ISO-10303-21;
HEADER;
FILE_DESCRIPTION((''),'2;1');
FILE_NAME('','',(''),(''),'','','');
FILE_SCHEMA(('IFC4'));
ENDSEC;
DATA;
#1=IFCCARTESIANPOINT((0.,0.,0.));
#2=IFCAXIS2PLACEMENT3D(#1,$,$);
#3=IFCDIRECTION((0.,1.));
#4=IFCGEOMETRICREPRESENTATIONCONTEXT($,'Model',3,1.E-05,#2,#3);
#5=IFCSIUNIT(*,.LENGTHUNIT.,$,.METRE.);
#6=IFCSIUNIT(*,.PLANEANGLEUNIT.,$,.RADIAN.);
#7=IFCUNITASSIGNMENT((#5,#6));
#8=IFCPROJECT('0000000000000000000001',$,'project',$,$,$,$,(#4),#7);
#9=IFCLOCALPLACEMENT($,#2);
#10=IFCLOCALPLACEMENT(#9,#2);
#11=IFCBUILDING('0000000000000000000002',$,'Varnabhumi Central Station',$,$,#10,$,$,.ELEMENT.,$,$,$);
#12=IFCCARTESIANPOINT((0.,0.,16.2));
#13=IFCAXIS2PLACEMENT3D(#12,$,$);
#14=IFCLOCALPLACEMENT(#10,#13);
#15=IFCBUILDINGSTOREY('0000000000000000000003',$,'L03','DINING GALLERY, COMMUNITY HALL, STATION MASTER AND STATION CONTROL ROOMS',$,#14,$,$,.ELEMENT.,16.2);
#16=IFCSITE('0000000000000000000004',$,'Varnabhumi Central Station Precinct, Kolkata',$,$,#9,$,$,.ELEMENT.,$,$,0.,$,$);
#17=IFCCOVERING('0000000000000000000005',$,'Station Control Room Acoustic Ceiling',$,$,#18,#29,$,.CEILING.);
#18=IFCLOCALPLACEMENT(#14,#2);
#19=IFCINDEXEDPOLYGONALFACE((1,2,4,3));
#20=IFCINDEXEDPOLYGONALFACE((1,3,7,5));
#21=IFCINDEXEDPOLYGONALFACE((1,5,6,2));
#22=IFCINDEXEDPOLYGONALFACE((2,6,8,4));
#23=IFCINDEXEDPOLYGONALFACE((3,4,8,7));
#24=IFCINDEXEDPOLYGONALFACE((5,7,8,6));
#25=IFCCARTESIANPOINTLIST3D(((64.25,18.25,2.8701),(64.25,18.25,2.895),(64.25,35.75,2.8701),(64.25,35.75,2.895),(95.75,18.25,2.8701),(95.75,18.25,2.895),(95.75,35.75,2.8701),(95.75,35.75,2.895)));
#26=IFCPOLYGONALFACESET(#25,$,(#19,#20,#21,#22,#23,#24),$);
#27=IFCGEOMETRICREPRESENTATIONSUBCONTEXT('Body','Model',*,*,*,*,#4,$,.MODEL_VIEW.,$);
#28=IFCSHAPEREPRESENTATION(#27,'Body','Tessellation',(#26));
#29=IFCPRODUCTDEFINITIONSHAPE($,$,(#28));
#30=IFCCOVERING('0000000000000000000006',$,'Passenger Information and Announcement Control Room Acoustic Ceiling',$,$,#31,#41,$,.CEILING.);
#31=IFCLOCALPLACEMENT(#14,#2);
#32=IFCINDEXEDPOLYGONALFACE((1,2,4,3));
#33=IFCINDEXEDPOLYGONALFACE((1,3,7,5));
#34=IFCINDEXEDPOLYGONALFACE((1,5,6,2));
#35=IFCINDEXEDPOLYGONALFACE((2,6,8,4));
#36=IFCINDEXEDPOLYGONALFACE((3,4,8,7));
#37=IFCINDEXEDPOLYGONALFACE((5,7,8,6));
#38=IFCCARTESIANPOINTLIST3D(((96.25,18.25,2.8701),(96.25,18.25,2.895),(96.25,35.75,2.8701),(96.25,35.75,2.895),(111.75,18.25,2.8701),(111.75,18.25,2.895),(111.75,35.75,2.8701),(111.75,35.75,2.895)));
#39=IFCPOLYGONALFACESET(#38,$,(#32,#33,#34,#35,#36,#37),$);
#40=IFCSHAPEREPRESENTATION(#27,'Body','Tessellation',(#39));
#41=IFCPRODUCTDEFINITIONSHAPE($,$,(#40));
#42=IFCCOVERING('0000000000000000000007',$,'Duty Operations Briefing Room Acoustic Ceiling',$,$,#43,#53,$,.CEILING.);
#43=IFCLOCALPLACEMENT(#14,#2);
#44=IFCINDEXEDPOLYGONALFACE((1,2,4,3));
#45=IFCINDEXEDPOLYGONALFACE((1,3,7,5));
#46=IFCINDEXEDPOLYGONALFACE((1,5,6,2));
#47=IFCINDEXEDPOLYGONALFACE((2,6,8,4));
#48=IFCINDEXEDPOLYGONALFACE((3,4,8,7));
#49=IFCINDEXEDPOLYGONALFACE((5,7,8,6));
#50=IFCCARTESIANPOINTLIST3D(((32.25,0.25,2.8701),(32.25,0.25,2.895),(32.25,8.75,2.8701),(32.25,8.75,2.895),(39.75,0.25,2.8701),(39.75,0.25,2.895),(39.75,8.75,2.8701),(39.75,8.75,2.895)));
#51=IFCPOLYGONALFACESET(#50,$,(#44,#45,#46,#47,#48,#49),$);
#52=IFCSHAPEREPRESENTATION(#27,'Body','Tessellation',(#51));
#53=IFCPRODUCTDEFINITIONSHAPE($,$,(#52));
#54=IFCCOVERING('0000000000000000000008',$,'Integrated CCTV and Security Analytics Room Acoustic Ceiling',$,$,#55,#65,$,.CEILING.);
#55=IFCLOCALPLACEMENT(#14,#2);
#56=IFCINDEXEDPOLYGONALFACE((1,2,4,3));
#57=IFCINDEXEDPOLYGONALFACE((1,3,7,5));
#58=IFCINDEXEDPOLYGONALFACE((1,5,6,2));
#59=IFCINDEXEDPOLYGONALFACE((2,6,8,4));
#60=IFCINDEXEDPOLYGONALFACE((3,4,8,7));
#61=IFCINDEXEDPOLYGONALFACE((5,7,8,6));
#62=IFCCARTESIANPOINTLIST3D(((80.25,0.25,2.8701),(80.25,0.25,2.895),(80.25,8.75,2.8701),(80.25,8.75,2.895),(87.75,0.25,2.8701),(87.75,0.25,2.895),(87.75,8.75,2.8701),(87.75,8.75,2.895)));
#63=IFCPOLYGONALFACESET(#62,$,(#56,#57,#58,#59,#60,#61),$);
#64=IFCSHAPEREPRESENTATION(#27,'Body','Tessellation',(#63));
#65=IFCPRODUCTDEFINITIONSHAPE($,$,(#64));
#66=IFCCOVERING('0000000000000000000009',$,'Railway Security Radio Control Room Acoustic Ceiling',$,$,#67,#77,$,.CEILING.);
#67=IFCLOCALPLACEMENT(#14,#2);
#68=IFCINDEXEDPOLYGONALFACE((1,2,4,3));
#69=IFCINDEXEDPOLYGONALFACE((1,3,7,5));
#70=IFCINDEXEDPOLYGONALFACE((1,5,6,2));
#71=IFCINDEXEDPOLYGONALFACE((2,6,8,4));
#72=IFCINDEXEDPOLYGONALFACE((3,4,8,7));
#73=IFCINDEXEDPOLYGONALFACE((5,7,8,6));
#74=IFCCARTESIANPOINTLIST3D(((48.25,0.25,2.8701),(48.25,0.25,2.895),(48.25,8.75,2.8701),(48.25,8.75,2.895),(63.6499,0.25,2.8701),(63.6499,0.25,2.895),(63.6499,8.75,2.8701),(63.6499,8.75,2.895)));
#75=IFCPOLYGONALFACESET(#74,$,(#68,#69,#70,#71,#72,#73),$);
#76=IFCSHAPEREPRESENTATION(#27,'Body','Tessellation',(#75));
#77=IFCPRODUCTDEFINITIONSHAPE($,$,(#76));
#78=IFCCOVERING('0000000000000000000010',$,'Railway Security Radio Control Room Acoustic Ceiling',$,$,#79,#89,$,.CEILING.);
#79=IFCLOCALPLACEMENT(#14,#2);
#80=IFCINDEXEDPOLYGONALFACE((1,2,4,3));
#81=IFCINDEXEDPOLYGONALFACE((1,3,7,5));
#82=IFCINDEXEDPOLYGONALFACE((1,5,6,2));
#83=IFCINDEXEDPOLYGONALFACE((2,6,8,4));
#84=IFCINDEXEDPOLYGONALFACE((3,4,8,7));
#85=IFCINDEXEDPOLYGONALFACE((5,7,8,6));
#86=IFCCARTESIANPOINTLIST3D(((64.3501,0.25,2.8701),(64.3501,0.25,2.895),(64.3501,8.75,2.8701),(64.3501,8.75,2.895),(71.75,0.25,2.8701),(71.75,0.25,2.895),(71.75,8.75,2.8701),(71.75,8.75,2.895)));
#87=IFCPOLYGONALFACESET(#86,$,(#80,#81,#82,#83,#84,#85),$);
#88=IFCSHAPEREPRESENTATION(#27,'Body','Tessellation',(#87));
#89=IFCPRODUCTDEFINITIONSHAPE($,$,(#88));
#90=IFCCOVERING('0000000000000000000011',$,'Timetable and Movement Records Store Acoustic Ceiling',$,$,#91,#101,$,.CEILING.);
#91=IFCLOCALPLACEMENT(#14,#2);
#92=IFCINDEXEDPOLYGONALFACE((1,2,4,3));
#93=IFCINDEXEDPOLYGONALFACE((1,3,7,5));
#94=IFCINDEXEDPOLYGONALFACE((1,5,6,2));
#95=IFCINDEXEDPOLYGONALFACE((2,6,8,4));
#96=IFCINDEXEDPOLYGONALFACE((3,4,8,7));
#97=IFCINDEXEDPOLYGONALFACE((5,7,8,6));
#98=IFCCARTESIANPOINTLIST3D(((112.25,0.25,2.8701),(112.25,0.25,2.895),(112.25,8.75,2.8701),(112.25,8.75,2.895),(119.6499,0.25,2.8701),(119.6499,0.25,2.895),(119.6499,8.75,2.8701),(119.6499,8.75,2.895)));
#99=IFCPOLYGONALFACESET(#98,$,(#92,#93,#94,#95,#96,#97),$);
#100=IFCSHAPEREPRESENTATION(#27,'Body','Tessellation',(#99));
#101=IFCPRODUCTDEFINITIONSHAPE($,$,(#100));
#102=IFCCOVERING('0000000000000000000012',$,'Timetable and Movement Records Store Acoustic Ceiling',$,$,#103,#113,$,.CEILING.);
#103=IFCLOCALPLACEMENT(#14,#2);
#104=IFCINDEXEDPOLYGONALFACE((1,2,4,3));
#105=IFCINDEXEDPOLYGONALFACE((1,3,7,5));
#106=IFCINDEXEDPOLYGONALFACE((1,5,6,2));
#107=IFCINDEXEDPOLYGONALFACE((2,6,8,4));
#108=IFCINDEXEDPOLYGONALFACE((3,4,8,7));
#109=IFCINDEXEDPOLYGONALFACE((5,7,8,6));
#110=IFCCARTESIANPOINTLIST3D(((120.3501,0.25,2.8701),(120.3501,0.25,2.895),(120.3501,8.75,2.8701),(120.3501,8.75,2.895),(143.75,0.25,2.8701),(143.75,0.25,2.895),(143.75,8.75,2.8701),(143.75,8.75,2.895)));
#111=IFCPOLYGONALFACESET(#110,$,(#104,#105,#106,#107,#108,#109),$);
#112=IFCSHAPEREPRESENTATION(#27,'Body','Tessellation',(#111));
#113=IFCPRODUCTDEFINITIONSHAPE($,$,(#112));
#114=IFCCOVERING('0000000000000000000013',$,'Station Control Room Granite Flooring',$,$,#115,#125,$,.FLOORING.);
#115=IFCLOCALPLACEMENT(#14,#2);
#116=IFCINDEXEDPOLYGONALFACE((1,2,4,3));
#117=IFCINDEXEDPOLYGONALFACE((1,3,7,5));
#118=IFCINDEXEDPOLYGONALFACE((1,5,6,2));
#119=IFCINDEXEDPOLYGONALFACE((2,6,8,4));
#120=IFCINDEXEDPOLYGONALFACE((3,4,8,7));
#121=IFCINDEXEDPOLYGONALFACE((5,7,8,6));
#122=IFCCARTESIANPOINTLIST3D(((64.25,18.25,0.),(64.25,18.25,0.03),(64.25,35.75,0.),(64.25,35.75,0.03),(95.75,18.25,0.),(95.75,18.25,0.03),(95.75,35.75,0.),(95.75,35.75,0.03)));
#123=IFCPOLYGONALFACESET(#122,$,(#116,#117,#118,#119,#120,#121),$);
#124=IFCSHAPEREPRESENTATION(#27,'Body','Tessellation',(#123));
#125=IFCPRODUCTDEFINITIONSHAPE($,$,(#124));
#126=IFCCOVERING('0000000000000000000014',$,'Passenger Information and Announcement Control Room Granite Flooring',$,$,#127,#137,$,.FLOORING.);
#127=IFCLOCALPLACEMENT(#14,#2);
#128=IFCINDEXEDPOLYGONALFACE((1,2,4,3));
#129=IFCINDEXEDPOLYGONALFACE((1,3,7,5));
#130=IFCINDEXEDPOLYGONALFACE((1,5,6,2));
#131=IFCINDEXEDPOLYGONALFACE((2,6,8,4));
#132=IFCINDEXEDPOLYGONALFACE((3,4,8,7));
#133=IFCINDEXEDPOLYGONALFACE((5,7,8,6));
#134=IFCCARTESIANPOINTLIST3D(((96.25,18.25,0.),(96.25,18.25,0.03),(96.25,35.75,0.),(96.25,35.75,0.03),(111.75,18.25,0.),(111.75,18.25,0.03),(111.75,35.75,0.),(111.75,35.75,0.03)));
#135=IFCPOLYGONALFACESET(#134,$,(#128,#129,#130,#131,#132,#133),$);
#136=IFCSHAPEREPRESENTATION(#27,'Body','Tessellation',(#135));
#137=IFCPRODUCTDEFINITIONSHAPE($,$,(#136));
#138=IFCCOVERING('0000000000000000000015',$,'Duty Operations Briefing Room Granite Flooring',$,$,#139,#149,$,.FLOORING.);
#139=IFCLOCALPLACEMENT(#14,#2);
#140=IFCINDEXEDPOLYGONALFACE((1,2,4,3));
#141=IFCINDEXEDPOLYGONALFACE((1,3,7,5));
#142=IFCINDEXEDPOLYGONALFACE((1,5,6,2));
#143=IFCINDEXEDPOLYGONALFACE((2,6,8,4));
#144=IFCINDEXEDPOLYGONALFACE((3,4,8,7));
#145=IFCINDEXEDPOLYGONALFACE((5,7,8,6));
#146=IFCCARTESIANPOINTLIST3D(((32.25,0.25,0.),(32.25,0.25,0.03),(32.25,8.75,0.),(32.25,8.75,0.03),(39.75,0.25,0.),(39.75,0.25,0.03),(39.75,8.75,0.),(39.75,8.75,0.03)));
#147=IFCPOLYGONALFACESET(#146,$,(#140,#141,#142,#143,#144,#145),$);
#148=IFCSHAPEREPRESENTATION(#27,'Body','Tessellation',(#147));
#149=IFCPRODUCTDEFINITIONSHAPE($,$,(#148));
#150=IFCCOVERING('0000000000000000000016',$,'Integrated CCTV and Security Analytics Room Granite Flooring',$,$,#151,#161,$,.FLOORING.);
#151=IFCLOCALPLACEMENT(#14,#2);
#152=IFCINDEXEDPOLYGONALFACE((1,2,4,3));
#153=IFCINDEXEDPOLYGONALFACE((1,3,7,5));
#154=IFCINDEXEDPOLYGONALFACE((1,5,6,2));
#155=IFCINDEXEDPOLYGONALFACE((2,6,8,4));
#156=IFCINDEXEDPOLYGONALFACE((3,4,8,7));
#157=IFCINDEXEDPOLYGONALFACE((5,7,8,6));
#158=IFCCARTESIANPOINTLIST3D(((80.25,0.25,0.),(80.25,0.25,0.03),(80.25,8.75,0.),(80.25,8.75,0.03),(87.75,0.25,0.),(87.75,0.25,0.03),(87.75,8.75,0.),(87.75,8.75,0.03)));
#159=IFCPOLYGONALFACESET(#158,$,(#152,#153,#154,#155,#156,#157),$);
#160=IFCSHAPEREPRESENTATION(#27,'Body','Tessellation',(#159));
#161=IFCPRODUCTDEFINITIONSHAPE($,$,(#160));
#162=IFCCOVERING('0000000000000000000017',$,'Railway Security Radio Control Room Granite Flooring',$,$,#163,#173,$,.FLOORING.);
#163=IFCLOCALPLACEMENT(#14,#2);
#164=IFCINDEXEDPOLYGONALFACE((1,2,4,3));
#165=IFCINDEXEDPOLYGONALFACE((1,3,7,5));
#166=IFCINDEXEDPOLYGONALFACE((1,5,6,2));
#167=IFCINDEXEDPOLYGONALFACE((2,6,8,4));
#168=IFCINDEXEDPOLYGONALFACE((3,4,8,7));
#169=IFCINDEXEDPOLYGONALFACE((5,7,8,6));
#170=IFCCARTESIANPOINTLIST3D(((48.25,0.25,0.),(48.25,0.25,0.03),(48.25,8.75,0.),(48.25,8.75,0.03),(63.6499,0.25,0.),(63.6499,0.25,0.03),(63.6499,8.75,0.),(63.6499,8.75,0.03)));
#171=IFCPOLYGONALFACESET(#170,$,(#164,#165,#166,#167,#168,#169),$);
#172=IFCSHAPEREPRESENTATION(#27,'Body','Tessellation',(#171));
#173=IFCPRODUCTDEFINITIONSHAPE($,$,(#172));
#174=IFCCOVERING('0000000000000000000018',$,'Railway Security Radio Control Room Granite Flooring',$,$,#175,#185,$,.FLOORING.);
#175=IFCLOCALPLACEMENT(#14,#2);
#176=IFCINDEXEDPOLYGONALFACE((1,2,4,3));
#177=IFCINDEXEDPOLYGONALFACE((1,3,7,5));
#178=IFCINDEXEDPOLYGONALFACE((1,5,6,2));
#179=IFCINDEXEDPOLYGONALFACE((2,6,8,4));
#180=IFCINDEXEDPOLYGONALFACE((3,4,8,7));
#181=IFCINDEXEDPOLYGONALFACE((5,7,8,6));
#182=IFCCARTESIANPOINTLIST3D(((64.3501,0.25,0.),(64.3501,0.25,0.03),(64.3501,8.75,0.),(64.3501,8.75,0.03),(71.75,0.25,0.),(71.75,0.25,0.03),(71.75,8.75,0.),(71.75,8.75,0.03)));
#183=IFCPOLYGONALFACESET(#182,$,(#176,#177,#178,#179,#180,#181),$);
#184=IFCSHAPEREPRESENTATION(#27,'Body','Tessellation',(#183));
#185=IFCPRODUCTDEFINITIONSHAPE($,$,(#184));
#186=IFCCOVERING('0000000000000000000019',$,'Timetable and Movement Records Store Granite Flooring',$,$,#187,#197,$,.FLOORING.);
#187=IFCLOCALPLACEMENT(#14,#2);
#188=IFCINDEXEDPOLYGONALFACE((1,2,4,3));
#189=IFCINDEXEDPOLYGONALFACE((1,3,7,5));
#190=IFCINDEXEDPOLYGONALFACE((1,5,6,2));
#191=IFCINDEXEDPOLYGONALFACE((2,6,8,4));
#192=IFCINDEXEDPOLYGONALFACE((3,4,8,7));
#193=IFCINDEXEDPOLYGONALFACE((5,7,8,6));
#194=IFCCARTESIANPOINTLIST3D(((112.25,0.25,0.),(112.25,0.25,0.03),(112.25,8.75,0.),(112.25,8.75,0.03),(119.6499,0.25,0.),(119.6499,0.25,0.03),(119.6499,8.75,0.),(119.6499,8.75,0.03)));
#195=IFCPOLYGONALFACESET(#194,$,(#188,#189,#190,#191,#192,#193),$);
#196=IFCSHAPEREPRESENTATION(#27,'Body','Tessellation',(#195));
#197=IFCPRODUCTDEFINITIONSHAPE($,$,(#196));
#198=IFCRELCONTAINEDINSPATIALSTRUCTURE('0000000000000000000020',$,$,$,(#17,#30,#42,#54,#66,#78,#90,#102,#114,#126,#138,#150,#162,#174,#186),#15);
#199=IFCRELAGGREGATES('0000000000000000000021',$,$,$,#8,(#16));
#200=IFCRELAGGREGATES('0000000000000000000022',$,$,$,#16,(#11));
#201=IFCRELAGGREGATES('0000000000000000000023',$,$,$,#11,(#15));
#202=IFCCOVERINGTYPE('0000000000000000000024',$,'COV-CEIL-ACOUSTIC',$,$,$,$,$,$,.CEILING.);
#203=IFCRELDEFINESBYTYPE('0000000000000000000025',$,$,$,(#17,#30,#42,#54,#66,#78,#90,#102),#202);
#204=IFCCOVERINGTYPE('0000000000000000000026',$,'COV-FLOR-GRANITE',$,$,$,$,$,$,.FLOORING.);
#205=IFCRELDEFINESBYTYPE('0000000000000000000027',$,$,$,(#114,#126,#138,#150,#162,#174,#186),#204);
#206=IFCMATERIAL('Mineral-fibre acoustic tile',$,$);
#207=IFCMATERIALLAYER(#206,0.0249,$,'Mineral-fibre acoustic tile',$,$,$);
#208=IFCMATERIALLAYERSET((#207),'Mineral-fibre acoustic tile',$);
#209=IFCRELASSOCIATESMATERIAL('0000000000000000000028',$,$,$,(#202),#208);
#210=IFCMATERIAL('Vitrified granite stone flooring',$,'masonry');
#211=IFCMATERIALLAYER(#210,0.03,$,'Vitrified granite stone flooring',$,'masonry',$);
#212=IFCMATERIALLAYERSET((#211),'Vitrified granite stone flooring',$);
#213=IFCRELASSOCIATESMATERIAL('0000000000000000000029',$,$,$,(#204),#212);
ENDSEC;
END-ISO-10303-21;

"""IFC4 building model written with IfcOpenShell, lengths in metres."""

from ifc_helpers import new_model, si_unit, direction, frame, origin, place, context, subcontext, project, spatial, polyline, outline, extrude, material, layer, layer_set, type_object, element, save


model = new_model("IFC4")

# Units and contexts
model_context = context("Model", 3, precision=1e-05, world=origin(), true_north=direction((0.0, 1.0)))
body_context = subcontext(model_context, "Body", "Model", "MODEL_VIEW")
ifc_project = project(units=[si_unit("LENGTHUNIT", "METRE"), si_unit("PLANEANGLEUNIT", "RADIAN")], contexts=[model_context])

# Site, building, storey
site_placement = place(None, origin())
site = spatial("IfcSite", under=ifc_project, at=site_placement, Name="Varnabhumi Central Station Precinct, Kolkata", CompositionType="ELEMENT", RefElevation=0.0)
building_placement = place(site_placement, origin())
building = spatial("IfcBuilding", under=site, at=building_placement, Name="Varnabhumi Central Station", CompositionType="ELEMENT")
storey_placement = place(building_placement, frame((0.0, 0.0, 16.2)))
storey = spatial("IfcBuildingStorey", under=building, at=storey_placement, Name="L03", Description="DINING GALLERY, COMMUNITY HALL, STATION MASTER AND STATION CONTROL ROOMS", CompositionType="ELEMENT", Elevation=16.2)

# Coverings
ifc_material_1 = material(Name="Mineral-fibre acoustic tile")
ifc_layer_1 = layer(ifc_material_1, 0.0249, Name="Mineral-fibre acoustic tile")
ifc_layer_set_1 = layer_set([ifc_layer_1], Name="Mineral-fibre acoustic tile")
covering_type_1 = type_object("IfcCoveringType", Name="COV-CEIL-ACOUSTIC", PredefinedType="CEILING", material=ifc_layer_set_1)
covering_1_placement = place(storey_placement, frame((0.0, 0.0, 2.8701)))
element("IfcCovering", 1, at=covering_1_placement, inside=storey, type_object=covering_type_1, Name="Station Control Room Acoustic Ceiling", PredefinedType="CEILING", context=body_context, shape_type="SweptSolid", body=[
    extrude(outline(polyline([(64.25, 18.25), (95.75, 18.25), (95.75, 35.75), (64.25, 35.75), (64.25, 18.25)])), origin(), (0.0, 0.0, 1.0), 0.0249),
])
covering_2_placement = place(storey_placement, frame((0.0, 0.0, 2.8701)))
element("IfcCovering", 2, at=covering_2_placement, inside=storey, type_object=covering_type_1, Name="Passenger Information and Announcement Control Room Acoustic Ceiling", PredefinedType="CEILING", context=body_context, shape_type="SweptSolid", body=[
    extrude(outline(polyline([(96.25, 18.25), (111.75, 18.25), (111.75, 35.75), (96.25, 35.75), (96.25, 18.25)])), origin(), (0.0, 0.0, 1.0), 0.0249),
])
covering_3_placement = place(storey_placement, frame((0.0, 0.0, 2.8701)))
element("IfcCovering", 3, at=covering_3_placement, inside=storey, type_object=covering_type_1, Name="Duty Operations Briefing Room Acoustic Ceiling", PredefinedType="CEILING", context=body_context, shape_type="SweptSolid", body=[
    extrude(outline(polyline([(32.25, 0.25), (39.75, 0.25), (39.75, 8.75), (32.25, 8.75), (32.25, 0.25)])), origin(), (0.0, 0.0, 1.0), 0.0249),
])
covering_4_placement = place(storey_placement, frame((0.0, 0.0, 2.8701)))
element("IfcCovering", 4, at=covering_4_placement, inside=storey, type_object=covering_type_1, Name="Integrated CCTV and Security Analytics Room Acoustic Ceiling", PredefinedType="CEILING", context=body_context, shape_type="SweptSolid", body=[
    extrude(outline(polyline([(80.25, 0.25), (87.75, 0.25), (87.75, 8.75), (80.25, 8.75), (80.25, 0.25)])), origin(), (0.0, 0.0, 1.0), 0.0249),
])
covering_5_placement = place(storey_placement, frame((0.0, 0.0, 2.8701)))
element("IfcCovering", 5, at=covering_5_placement, inside=storey, type_object=covering_type_1, Name="Railway Security Radio Control Room Acoustic Ceiling", PredefinedType="CEILING", context=body_context, shape_type="SweptSolid", body=[
    extrude(outline(polyline([(48.25, 0.25), (63.6499, 0.25), (63.6499, 8.75), (48.25, 8.75), (48.25, 0.25)])), origin(), (0.0, 0.0, 1.0), 0.0249),
])
covering_6_placement = place(storey_placement, frame((0.0, 0.0, 2.8701)))
element("IfcCovering", 6, at=covering_6_placement, inside=storey, type_object=covering_type_1, Name="Railway Security Radio Control Room Acoustic Ceiling", PredefinedType="CEILING", context=body_context, shape_type="SweptSolid", body=[
    extrude(outline(polyline([(64.3501, 0.25), (71.75, 0.25), (71.75, 8.75), (64.3501, 8.75), (64.3501, 0.25)])), origin(), (0.0, 0.0, 1.0), 0.0249),
])
covering_7_placement = place(storey_placement, frame((0.0, 0.0, 2.8701)))
element("IfcCovering", 7, at=covering_7_placement, inside=storey, type_object=covering_type_1, Name="Timetable and Movement Records Store Acoustic Ceiling", PredefinedType="CEILING", context=body_context, shape_type="SweptSolid", body=[
    extrude(outline(polyline([(112.25, 0.25), (119.6499, 0.25), (119.6499, 8.75), (112.25, 8.75), (112.25, 0.25)])), origin(), (0.0, 0.0, 1.0), 0.0249),
])
covering_8_placement = place(storey_placement, frame((0.0, 0.0, 2.8701)))
element("IfcCovering", 8, at=covering_8_placement, inside=storey, type_object=covering_type_1, Name="Timetable and Movement Records Store Acoustic Ceiling", PredefinedType="CEILING", context=body_context, shape_type="SweptSolid", body=[
    extrude(outline(polyline([(120.3501, 0.25), (143.75, 0.25), (143.75, 8.75), (120.3501, 8.75), (120.3501, 0.25)])), origin(), (0.0, 0.0, 1.0), 0.0249),
])
ifc_material_2 = material(Name="Vitrified granite stone flooring", Category="masonry")
ifc_layer_2 = layer(ifc_material_2, 0.03, Name="Vitrified granite stone flooring", Category="masonry")
ifc_layer_set_2 = layer_set([ifc_layer_2], Name="Vitrified granite stone flooring")
covering_type_2 = type_object("IfcCoveringType", Name="COV-FLOR-GRANITE", PredefinedType="FLOORING", material=ifc_layer_set_2)
covering_9_placement = place(storey_placement, origin())
element("IfcCovering", 9, at=covering_9_placement, inside=storey, type_object=covering_type_2, Name="Station Control Room Granite Flooring", PredefinedType="FLOORING", context=body_context, shape_type="SweptSolid", body=[
    extrude(outline(polyline([(64.25, 18.25), (95.75, 18.25), (95.75, 35.75), (64.25, 35.75), (64.25, 18.25)])), origin(), (0.0, 0.0, 1.0), 0.03),
])
covering_10_placement = place(storey_placement, origin())
element("IfcCovering", 10, at=covering_10_placement, inside=storey, type_object=covering_type_2, Name="Passenger Information and Announcement Control Room Granite Flooring", PredefinedType="FLOORING", context=body_context, shape_type="SweptSolid", body=[
    extrude(outline(polyline([(96.25, 18.25), (111.75, 18.25), (111.75, 35.75), (96.25, 35.75), (96.25, 18.25)])), origin(), (0.0, 0.0, 1.0), 0.03),
])
covering_11_placement = place(storey_placement, origin())
element("IfcCovering", 11, at=covering_11_placement, inside=storey, type_object=covering_type_2, Name="Duty Operations Briefing Room Granite Flooring", PredefinedType="FLOORING", context=body_context, shape_type="SweptSolid", body=[
    extrude(outline(polyline([(32.25, 0.25), (39.75, 0.25), (39.75, 8.75), (32.25, 8.75), (32.25, 0.25)])), origin(), (0.0, 0.0, 1.0), 0.03),
])
covering_12_placement = place(storey_placement, origin())
element("IfcCovering", 12, at=covering_12_placement, inside=storey, type_object=covering_type_2, Name="Integrated CCTV and Security Analytics Room Granite Flooring", PredefinedType="FLOORING", context=body_context, shape_type="SweptSolid", body=[
    extrude(outline(polyline([(80.25, 0.25), (87.75, 0.25), (87.75, 8.75), (80.25, 8.75), (80.25, 0.25)])), origin(), (0.0, 0.0, 1.0), 0.03),
])
covering_13_placement = place(storey_placement, origin())
element("IfcCovering", 13, at=covering_13_placement, inside=storey, type_object=covering_type_2, Name="Railway Security Radio Control Room Granite Flooring", PredefinedType="FLOORING", context=body_context, shape_type="SweptSolid", body=[
    extrude(outline(polyline([(48.25, 0.25), (63.6499, 0.25), (63.6499, 8.75), (48.25, 8.75), (48.25, 0.25)])), origin(), (0.0, 0.0, 1.0), 0.03),
])
covering_14_placement = place(storey_placement, origin())
element("IfcCovering", 14, at=covering_14_placement, inside=storey, type_object=covering_type_2, Name="Railway Security Radio Control Room Granite Flooring", PredefinedType="FLOORING", context=body_context, shape_type="SweptSolid", body=[
    extrude(outline(polyline([(64.3501, 0.25), (71.75, 0.25), (71.75, 8.75), (64.3501, 8.75), (64.3501, 0.25)])), origin(), (0.0, 0.0, 1.0), 0.03),
])
covering_15_placement = place(storey_placement, origin())
element("IfcCovering", 15, at=covering_15_placement, inside=storey, type_object=covering_type_2, Name="Timetable and Movement Records Store Granite Flooring", PredefinedType="FLOORING", context=body_context, shape_type="SweptSolid", body=[
    extrude(outline(polyline([(112.25, 0.25), (119.6499, 0.25), (119.6499, 8.75), (112.25, 8.75), (112.25, 0.25)])), origin(), (0.0, 0.0, 1.0), 0.03),
])

save(model, "model.ifc")
